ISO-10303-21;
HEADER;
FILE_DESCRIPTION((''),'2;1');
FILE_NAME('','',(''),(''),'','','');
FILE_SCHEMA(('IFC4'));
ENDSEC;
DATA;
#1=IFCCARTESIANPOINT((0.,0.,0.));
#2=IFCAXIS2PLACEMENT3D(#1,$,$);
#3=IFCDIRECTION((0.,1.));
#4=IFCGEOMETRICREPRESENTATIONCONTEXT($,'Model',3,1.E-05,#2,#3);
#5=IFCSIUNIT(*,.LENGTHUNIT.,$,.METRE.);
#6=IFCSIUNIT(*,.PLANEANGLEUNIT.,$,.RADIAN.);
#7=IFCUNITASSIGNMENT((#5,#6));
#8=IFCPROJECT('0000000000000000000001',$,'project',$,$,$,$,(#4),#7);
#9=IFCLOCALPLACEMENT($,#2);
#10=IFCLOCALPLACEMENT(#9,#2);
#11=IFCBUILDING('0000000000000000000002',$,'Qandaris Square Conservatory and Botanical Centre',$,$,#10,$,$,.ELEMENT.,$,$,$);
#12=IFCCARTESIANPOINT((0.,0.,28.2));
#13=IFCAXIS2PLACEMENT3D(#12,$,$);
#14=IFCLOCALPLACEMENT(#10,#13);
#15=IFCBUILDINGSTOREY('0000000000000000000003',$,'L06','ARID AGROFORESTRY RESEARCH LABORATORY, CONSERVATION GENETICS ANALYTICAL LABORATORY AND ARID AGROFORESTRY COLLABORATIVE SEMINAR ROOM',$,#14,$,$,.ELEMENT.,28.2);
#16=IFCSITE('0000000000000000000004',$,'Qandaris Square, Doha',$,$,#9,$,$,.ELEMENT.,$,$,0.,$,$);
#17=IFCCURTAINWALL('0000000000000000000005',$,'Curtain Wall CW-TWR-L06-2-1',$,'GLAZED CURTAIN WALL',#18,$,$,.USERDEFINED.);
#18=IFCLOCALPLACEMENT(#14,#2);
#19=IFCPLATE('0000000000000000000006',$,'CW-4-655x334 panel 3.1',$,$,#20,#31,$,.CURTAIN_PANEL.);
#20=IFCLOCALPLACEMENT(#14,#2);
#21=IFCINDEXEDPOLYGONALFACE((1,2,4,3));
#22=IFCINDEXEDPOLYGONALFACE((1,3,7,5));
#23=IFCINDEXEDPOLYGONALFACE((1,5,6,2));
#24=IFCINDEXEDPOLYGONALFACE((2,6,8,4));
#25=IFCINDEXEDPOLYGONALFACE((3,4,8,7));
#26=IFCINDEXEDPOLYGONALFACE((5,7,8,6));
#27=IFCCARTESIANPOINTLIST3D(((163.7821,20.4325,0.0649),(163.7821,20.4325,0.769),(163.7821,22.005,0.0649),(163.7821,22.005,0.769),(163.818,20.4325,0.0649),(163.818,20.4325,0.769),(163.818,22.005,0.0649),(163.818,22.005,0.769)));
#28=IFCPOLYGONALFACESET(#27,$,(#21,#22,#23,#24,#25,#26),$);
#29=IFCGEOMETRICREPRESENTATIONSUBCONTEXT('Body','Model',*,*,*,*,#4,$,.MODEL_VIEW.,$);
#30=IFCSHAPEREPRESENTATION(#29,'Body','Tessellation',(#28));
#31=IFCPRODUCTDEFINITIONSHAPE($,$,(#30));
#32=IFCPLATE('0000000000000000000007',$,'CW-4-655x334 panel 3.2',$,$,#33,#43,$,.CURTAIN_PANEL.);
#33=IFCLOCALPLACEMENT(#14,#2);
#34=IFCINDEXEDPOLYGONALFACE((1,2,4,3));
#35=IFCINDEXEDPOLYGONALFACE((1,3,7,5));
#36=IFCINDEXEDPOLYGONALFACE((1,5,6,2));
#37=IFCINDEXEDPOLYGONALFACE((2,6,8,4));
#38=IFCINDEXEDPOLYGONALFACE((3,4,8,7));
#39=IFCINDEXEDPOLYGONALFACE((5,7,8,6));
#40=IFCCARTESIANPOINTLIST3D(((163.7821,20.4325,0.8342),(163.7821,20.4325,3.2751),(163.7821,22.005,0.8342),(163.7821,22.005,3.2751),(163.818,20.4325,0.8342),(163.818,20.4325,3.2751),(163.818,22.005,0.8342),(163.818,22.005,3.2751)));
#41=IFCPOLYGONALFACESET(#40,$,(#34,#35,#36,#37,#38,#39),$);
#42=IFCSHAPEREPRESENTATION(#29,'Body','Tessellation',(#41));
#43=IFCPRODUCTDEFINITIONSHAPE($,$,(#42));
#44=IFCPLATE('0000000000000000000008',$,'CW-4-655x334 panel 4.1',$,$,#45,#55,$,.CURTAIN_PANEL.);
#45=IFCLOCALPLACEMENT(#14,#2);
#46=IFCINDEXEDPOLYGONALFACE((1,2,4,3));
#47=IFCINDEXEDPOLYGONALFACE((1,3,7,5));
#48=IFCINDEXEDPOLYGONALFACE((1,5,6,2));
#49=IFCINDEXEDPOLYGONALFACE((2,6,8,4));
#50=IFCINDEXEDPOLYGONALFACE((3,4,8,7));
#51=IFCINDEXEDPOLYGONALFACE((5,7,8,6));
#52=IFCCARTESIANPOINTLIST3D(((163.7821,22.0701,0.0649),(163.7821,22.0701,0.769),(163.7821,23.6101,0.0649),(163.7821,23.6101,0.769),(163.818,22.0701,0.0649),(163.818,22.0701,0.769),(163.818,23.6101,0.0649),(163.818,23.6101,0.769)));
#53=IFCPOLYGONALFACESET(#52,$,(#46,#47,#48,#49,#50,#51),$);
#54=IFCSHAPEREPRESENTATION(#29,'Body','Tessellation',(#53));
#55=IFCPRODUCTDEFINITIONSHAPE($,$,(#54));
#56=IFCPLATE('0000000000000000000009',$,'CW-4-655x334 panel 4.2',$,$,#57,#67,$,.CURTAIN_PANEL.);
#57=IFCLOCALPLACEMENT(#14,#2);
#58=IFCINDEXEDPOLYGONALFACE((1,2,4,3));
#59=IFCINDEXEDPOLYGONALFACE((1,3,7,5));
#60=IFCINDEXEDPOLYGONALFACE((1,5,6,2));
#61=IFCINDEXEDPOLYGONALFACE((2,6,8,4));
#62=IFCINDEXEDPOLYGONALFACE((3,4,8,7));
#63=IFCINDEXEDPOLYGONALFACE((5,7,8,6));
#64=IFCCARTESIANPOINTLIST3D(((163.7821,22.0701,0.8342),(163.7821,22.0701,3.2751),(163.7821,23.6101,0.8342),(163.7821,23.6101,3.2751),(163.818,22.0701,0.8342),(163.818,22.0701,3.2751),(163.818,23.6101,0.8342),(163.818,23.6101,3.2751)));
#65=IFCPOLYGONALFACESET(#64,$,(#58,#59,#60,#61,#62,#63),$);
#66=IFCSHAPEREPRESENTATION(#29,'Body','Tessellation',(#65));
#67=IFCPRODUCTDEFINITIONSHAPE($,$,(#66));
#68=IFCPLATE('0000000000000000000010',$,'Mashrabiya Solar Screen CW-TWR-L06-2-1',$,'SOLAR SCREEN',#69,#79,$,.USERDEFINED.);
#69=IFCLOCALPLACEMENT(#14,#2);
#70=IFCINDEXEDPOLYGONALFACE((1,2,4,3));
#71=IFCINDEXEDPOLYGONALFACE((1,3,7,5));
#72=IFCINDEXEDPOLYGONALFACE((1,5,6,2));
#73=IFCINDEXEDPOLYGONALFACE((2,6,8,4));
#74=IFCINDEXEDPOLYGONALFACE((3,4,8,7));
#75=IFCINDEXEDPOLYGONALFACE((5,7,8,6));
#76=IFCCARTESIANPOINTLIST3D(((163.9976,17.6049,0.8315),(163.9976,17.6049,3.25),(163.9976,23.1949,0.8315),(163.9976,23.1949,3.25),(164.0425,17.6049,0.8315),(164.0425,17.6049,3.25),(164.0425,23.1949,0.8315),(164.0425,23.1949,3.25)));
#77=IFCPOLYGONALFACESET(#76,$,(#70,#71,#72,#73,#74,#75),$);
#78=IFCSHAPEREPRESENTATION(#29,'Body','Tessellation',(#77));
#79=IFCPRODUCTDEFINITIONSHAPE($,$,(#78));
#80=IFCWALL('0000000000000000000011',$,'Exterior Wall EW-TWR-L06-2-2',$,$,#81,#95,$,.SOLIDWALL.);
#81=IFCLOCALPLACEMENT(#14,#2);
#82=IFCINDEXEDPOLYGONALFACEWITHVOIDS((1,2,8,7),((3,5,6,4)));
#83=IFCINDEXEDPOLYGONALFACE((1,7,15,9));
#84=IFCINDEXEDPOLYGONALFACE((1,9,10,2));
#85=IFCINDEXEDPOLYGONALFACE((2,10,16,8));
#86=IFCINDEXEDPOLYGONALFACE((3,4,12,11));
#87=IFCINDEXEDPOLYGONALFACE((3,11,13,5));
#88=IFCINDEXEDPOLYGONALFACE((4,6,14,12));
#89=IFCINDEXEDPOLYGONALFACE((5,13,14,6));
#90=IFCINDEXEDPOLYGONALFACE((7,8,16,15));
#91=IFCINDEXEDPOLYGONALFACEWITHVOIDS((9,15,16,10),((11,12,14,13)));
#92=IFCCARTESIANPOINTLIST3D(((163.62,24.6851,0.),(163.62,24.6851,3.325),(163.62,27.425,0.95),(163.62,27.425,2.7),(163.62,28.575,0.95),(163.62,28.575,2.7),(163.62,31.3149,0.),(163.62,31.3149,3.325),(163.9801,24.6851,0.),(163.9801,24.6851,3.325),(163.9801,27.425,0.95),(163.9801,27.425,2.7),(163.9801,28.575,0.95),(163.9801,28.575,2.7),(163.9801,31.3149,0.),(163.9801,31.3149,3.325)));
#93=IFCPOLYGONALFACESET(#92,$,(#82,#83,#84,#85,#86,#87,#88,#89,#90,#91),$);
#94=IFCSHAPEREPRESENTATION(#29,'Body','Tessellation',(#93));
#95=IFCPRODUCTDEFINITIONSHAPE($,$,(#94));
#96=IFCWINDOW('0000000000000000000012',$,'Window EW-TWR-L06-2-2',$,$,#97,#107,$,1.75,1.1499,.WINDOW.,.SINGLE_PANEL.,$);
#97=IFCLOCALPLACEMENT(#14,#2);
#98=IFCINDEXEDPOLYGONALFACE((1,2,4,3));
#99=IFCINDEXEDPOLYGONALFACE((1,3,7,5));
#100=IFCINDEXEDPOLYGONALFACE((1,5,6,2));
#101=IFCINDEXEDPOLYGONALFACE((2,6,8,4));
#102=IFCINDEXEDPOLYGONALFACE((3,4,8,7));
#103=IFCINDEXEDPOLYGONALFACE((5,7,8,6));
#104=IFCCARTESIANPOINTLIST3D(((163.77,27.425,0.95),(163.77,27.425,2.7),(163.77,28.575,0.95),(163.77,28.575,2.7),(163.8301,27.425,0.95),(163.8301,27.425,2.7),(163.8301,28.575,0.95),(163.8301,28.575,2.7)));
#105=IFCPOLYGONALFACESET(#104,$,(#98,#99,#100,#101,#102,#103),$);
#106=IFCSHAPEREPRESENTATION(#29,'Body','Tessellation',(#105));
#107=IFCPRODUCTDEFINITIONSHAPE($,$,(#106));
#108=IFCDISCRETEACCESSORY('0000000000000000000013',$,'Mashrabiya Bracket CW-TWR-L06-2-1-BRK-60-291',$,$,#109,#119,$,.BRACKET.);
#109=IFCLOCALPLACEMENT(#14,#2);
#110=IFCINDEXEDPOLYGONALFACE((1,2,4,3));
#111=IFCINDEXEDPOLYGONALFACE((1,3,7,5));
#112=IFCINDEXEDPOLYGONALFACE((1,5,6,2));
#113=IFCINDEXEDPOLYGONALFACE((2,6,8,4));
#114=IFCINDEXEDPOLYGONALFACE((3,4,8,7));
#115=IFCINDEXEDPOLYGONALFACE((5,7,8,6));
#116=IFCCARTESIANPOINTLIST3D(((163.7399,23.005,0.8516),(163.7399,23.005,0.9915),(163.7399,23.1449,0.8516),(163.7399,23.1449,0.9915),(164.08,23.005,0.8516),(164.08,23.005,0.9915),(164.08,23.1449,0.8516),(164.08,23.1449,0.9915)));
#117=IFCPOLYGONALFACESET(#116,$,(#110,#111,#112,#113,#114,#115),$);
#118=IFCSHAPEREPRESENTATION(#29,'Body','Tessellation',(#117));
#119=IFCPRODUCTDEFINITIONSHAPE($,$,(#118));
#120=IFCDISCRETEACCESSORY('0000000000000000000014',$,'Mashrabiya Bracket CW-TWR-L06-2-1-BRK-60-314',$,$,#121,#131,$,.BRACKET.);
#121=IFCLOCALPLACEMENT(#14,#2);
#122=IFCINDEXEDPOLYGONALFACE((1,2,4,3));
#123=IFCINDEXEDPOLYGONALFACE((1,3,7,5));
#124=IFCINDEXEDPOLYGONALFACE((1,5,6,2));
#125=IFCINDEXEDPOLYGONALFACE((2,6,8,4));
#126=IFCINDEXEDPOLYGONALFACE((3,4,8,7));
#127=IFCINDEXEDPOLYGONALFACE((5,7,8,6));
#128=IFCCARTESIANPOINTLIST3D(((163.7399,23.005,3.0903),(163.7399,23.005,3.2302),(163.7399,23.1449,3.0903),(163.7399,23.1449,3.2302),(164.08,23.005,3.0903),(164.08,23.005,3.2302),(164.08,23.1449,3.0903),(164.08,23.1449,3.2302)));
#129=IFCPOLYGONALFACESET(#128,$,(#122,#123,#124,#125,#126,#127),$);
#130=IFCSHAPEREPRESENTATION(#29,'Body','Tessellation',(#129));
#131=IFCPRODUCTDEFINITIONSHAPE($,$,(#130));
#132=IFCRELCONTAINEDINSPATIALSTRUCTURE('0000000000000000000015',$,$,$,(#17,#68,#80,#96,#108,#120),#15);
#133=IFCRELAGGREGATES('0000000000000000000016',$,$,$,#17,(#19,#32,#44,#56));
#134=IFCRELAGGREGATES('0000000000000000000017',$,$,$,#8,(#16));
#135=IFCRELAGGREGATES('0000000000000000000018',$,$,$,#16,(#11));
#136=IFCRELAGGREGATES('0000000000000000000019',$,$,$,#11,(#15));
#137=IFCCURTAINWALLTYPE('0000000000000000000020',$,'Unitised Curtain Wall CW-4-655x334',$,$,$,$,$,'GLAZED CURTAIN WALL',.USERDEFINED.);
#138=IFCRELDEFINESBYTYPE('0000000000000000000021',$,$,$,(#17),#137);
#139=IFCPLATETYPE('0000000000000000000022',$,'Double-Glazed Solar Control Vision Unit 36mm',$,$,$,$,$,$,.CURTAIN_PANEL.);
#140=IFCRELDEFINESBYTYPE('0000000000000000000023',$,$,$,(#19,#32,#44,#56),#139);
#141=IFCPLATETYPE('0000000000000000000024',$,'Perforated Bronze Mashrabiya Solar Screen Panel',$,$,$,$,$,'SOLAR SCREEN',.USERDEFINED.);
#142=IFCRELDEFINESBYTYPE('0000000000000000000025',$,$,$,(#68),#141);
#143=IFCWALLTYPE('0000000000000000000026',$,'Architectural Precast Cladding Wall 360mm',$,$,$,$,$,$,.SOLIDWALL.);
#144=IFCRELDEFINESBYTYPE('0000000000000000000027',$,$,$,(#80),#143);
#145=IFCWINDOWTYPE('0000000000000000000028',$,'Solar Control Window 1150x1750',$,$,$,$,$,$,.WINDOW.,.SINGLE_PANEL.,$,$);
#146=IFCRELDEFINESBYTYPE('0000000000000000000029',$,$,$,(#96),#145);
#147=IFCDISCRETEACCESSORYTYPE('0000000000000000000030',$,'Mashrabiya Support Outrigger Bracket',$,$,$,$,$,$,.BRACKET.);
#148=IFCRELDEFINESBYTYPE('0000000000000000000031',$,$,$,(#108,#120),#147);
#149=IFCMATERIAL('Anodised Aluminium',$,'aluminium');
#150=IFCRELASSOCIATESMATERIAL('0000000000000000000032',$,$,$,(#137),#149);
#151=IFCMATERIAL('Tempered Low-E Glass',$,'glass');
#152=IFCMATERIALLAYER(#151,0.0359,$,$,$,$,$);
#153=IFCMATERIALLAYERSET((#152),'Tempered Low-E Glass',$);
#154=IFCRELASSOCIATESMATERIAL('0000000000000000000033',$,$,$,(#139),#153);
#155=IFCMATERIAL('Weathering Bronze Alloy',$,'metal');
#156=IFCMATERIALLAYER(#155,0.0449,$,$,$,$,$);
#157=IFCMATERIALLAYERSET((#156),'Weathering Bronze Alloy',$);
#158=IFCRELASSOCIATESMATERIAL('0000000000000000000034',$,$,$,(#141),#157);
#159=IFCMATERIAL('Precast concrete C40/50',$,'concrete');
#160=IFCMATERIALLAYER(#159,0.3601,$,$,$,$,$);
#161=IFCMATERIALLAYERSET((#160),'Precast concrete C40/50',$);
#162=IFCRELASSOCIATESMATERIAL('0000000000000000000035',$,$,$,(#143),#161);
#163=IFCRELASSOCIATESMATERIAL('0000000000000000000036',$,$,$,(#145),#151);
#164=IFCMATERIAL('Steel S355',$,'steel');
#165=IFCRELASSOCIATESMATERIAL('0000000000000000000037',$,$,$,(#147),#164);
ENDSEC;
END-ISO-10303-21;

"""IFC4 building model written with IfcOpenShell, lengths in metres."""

from ifc_helpers import new_model, si_unit, direction, frame, frame_2d, origin, origin_2d, place, context, subcontext, project, spatial, rectangle, extrude, material, layer, layer_set, type_object, element, fill, aggregate, save


model = new_model("IFC4")

# Units and contexts
model_context = context("Model", 3, precision=1e-05, world=origin(), true_north=direction((0.0, 1.0)))
body_context = subcontext(model_context, "Body", "Model", "MODEL_VIEW")
ifc_project = project(units=[si_unit("LENGTHUNIT", "METRE"), si_unit("PLANEANGLEUNIT", "RADIAN")], contexts=[model_context])

# Site, building, storey
site_placement = place(None, origin())
site = spatial("IfcSite", under=ifc_project, at=site_placement, Name="Qandaris Square, Doha", CompositionType="ELEMENT", RefElevation=0.0)
building_placement = place(site_placement, origin())
building = spatial("IfcBuilding", under=site, at=building_placement, Name="Qandaris Square Conservatory and Botanical Centre", CompositionType="ELEMENT")
storey_placement = place(building_placement, frame((0.0, 0.0, 28.2)))
storey = spatial("IfcBuildingStorey", under=building, at=storey_placement, Name="L06", Description="ARID AGROFORESTRY RESEARCH LABORATORY, CONSERVATION GENETICS ANALYTICAL LABORATORY AND ARID AGROFORESTRY COLLABORATIVE SEMINAR ROOM", CompositionType="ELEMENT", Elevation=28.2)

# Shared definitions
ifc_material_1 = material(Name="Steel S355", Category="steel")

# Curtain wall
ifc_material_2 = material(Name="Anodised Aluminium", Category="aluminium")
curtain_wall_type = type_object("IfcCurtainWallType", Name="Unitised Curtain Wall CW-4-655x334", ElementType="GLAZED CURTAIN WALL", PredefinedType="USERDEFINED", material=ifc_material_2)
curtain_wall_placement = place(storey_placement, origin())
curtain_wall = element("IfcCurtainWall", 1, at=curtain_wall_placement, inside=storey, type_object=curtain_wall_type, Name="Curtain Wall CW-TWR-L06-2-1", ObjectType="GLAZED CURTAIN WALL", PredefinedType="USERDEFINED")

# Plates
ifc_material_3 = material(Name="Tempered Low-E Glass", Category="glass")
ifc_layer_1 = layer(ifc_material_3, 0.0359)
ifc_layer_set_1 = layer_set([ifc_layer_1], Name="Tempered Low-E Glass")
plate_type_1 = type_object("IfcPlateType", Name="Double-Glazed Solar Control Vision Unit 36mm", PredefinedType="CURTAIN_PANEL", material=ifc_layer_set_1)
plate_1_placement = place(storey_placement, frame((163.8, 21.2188, 0.0649), z_axis=(0.0, 0.0, 1.0), x_axis=(0.0, 1.0, 0.0)))
plate_1 = element("IfcPlate", 2, at=plate_1_placement, type_object=plate_type_1, Name="CW-4-655x334 panel 3.1", PredefinedType="CURTAIN_PANEL", context=body_context, shape_type="SweptSolid", body=[
    extrude(rectangle(XDim=1.5725, YDim=0.0359, at=origin_2d()), origin(), (0.0, 0.0, 1.0), 0.7041),
])
plate_2_placement = place(storey_placement, frame((163.8, 21.2188, 0.8342), z_axis=(0.0, 0.0, 1.0), x_axis=(0.0, 1.0, 0.0)))
plate_2 = element("IfcPlate", 3, at=plate_2_placement, type_object=plate_type_1, Name="CW-4-655x334 panel 3.2", PredefinedType="CURTAIN_PANEL", context=body_context, shape_type="SweptSolid", body=[
    extrude(rectangle(XDim=1.5725, YDim=0.0359, at=origin_2d()), origin(), (0.0, 0.0, 1.0), 2.4409),
])
plate_3_placement = place(storey_placement, frame((163.8, 22.8401, 0.0649), z_axis=(0.0, 0.0, 1.0), x_axis=(0.0, 1.0, 0.0)))
plate_3 = element("IfcPlate", 4, at=plate_3_placement, type_object=plate_type_1, Name="CW-4-655x334 panel 4.1", PredefinedType="CURTAIN_PANEL", context=body_context, shape_type="SweptSolid", body=[
    extrude(rectangle(XDim=1.54, YDim=0.0359, at=origin_2d()), origin(), (0.0, 0.0, 1.0), 0.7041),
])
plate_4_placement = place(storey_placement, frame((163.8, 22.8401, 0.8342), z_axis=(0.0, 0.0, 1.0), x_axis=(0.0, 1.0, 0.0)))
plate_4 = element("IfcPlate", 5, at=plate_4_placement, type_object=plate_type_1, Name="CW-4-655x334 panel 4.2", PredefinedType="CURTAIN_PANEL", context=body_context, shape_type="SweptSolid", body=[
    extrude(rectangle(XDim=1.54, YDim=0.0359, at=origin_2d()), origin(), (0.0, 0.0, 1.0), 2.4409),
])
aggregate(curtain_wall, [plate_1, plate_2, plate_3, plate_4])
ifc_material_4 = material(Name="Weathering Bronze Alloy", Category="metal")
ifc_layer_2 = layer(ifc_material_4, 0.0449)
ifc_layer_set_2 = layer_set([ifc_layer_2], Name="Weathering Bronze Alloy")
plate_type_2 = type_object("IfcPlateType", Name="Perforated Bronze Mashrabiya Solar Screen Panel", ElementType="SOLAR SCREEN", PredefinedType="USERDEFINED", material=ifc_layer_set_2)
plate_5_placement = place(storey_placement, frame((164.02, 20.3999, 0.8315), z_axis=(0.0, 0.0, 1.0), x_axis=(0.0, 1.0, 0.0)))
element("IfcPlate", 6, at=plate_5_placement, inside=storey, type_object=plate_type_2, Name="Mashrabiya Solar Screen CW-TWR-L06-2-1", ObjectType="SOLAR SCREEN", PredefinedType="USERDEFINED", context=body_context, shape_type="SweptSolid", body=[
    extrude(rectangle(XDim=5.5901, YDim=0.0449, at=origin_2d()), origin(), (0.0, 0.0, 1.0), 2.4185),
])

# Wall, opening, window
ifc_material_5 = material(Name="Precast concrete C40/50", Category="concrete")
ifc_layer_3 = layer(ifc_material_5, 0.3601)
ifc_layer_set_3 = layer_set([ifc_layer_3], Name="Precast concrete C40/50")
wall_type = type_object("IfcWallType", Name="Architectural Precast Cladding Wall 360mm", PredefinedType="SOLIDWALL", material=ifc_layer_set_3)
wall_placement = place(storey_placement, frame((163.8, 24.6851, 0.0), z_axis=(0.0, 0.0, 1.0), x_axis=(0.0, 1.0, 0.0)))
wall = element("IfcWall", 7, at=wall_placement, inside=storey, type_object=wall_type, Name="Exterior Wall EW-TWR-L06-2-2", PredefinedType="SOLIDWALL", context=body_context, shape_type="SweptSolid", body=[
    extrude(rectangle(XDim=6.6299, YDim=0.3601, at=frame_2d((3.3149, 0.0))), origin(), (0.0, 0.0, 1.0), 3.325),
])
opening_placement = place(wall_placement, frame((2.74, 0.0, 0.95)))
opening = element("IfcOpeningElement", 8, at=opening_placement, cuts=wall, PredefinedType="OPENING", context=body_context, shape_type="SweptSolid", body=[
    extrude(rectangle(XDim=1.1499, YDim=1.75, at=frame_2d((0.575, 0.875))), frame((0.0, 0.1919, 0.0), z_axis=(0.0, -1.0, 0.0), x_axis=(1.0, 0.0, 0.0)), (0.0, 0.0, 1.0), 0.384),
])
window_type = type_object("IfcWindowType", Name="Solar Control Window 1150x1750", PartitioningType="SINGLE_PANEL", PredefinedType="WINDOW", material=ifc_material_3)
window_placement = place(opening_placement, origin())
window = element("IfcWindow", 9, at=window_placement, inside=storey, type_object=window_type, Name="Window EW-TWR-L06-2-2", OverallHeight=1.75, OverallWidth=1.1499, PartitioningType="SINGLE_PANEL", PredefinedType="WINDOW", context=body_context, shape_type="SweptSolid", body=[
    extrude(rectangle(XDim=1.1499, YDim=1.75, at=frame_2d((0.575, 0.875))), frame((0.0, 0.03, 0.0), z_axis=(0.0, -1.0, 0.0), x_axis=(1.0, 0.0, 0.0)), (0.0, 0.0, 1.0), 0.0601),
])
fill(opening, window)

# Discrete accessories
discrete_accessory_type = type_object("IfcDiscreteAccessoryType", Name="Mashrabiya Support Outrigger Bracket", PredefinedType="BRACKET", material=ifc_material_1)
for number, where, z_axis, x_axis, name in (
    (10, (163.9099, 23.075, 0.8516), (0.0, 0.0, 1.0), (0.0, 1.0, 0.0), "Mashrabiya Bracket CW-TWR-L06-2-1-BRK-60-291"),
    (11, (163.9099, 23.075, 3.0903), (0.0, 0.0, 1.0), (0.0, 1.0, 0.0), "Mashrabiya Bracket CW-TWR-L06-2-1-BRK-60-314"),
):
    element("IfcDiscreteAccessory", number, at=place(storey_placement, frame(where, z_axis=z_axis, x_axis=x_axis)), inside=storey, type_object=discrete_accessory_type, Name=name, PredefinedType="BRACKET", context=body_context, shape_type="SweptSolid", body=[
        extrude(rectangle(XDim=0.1399, YDim=0.3401, at=origin_2d()), origin(), (0.0, 0.0, 1.0), 0.1399),
    ])

save(model, "model.ifc")
